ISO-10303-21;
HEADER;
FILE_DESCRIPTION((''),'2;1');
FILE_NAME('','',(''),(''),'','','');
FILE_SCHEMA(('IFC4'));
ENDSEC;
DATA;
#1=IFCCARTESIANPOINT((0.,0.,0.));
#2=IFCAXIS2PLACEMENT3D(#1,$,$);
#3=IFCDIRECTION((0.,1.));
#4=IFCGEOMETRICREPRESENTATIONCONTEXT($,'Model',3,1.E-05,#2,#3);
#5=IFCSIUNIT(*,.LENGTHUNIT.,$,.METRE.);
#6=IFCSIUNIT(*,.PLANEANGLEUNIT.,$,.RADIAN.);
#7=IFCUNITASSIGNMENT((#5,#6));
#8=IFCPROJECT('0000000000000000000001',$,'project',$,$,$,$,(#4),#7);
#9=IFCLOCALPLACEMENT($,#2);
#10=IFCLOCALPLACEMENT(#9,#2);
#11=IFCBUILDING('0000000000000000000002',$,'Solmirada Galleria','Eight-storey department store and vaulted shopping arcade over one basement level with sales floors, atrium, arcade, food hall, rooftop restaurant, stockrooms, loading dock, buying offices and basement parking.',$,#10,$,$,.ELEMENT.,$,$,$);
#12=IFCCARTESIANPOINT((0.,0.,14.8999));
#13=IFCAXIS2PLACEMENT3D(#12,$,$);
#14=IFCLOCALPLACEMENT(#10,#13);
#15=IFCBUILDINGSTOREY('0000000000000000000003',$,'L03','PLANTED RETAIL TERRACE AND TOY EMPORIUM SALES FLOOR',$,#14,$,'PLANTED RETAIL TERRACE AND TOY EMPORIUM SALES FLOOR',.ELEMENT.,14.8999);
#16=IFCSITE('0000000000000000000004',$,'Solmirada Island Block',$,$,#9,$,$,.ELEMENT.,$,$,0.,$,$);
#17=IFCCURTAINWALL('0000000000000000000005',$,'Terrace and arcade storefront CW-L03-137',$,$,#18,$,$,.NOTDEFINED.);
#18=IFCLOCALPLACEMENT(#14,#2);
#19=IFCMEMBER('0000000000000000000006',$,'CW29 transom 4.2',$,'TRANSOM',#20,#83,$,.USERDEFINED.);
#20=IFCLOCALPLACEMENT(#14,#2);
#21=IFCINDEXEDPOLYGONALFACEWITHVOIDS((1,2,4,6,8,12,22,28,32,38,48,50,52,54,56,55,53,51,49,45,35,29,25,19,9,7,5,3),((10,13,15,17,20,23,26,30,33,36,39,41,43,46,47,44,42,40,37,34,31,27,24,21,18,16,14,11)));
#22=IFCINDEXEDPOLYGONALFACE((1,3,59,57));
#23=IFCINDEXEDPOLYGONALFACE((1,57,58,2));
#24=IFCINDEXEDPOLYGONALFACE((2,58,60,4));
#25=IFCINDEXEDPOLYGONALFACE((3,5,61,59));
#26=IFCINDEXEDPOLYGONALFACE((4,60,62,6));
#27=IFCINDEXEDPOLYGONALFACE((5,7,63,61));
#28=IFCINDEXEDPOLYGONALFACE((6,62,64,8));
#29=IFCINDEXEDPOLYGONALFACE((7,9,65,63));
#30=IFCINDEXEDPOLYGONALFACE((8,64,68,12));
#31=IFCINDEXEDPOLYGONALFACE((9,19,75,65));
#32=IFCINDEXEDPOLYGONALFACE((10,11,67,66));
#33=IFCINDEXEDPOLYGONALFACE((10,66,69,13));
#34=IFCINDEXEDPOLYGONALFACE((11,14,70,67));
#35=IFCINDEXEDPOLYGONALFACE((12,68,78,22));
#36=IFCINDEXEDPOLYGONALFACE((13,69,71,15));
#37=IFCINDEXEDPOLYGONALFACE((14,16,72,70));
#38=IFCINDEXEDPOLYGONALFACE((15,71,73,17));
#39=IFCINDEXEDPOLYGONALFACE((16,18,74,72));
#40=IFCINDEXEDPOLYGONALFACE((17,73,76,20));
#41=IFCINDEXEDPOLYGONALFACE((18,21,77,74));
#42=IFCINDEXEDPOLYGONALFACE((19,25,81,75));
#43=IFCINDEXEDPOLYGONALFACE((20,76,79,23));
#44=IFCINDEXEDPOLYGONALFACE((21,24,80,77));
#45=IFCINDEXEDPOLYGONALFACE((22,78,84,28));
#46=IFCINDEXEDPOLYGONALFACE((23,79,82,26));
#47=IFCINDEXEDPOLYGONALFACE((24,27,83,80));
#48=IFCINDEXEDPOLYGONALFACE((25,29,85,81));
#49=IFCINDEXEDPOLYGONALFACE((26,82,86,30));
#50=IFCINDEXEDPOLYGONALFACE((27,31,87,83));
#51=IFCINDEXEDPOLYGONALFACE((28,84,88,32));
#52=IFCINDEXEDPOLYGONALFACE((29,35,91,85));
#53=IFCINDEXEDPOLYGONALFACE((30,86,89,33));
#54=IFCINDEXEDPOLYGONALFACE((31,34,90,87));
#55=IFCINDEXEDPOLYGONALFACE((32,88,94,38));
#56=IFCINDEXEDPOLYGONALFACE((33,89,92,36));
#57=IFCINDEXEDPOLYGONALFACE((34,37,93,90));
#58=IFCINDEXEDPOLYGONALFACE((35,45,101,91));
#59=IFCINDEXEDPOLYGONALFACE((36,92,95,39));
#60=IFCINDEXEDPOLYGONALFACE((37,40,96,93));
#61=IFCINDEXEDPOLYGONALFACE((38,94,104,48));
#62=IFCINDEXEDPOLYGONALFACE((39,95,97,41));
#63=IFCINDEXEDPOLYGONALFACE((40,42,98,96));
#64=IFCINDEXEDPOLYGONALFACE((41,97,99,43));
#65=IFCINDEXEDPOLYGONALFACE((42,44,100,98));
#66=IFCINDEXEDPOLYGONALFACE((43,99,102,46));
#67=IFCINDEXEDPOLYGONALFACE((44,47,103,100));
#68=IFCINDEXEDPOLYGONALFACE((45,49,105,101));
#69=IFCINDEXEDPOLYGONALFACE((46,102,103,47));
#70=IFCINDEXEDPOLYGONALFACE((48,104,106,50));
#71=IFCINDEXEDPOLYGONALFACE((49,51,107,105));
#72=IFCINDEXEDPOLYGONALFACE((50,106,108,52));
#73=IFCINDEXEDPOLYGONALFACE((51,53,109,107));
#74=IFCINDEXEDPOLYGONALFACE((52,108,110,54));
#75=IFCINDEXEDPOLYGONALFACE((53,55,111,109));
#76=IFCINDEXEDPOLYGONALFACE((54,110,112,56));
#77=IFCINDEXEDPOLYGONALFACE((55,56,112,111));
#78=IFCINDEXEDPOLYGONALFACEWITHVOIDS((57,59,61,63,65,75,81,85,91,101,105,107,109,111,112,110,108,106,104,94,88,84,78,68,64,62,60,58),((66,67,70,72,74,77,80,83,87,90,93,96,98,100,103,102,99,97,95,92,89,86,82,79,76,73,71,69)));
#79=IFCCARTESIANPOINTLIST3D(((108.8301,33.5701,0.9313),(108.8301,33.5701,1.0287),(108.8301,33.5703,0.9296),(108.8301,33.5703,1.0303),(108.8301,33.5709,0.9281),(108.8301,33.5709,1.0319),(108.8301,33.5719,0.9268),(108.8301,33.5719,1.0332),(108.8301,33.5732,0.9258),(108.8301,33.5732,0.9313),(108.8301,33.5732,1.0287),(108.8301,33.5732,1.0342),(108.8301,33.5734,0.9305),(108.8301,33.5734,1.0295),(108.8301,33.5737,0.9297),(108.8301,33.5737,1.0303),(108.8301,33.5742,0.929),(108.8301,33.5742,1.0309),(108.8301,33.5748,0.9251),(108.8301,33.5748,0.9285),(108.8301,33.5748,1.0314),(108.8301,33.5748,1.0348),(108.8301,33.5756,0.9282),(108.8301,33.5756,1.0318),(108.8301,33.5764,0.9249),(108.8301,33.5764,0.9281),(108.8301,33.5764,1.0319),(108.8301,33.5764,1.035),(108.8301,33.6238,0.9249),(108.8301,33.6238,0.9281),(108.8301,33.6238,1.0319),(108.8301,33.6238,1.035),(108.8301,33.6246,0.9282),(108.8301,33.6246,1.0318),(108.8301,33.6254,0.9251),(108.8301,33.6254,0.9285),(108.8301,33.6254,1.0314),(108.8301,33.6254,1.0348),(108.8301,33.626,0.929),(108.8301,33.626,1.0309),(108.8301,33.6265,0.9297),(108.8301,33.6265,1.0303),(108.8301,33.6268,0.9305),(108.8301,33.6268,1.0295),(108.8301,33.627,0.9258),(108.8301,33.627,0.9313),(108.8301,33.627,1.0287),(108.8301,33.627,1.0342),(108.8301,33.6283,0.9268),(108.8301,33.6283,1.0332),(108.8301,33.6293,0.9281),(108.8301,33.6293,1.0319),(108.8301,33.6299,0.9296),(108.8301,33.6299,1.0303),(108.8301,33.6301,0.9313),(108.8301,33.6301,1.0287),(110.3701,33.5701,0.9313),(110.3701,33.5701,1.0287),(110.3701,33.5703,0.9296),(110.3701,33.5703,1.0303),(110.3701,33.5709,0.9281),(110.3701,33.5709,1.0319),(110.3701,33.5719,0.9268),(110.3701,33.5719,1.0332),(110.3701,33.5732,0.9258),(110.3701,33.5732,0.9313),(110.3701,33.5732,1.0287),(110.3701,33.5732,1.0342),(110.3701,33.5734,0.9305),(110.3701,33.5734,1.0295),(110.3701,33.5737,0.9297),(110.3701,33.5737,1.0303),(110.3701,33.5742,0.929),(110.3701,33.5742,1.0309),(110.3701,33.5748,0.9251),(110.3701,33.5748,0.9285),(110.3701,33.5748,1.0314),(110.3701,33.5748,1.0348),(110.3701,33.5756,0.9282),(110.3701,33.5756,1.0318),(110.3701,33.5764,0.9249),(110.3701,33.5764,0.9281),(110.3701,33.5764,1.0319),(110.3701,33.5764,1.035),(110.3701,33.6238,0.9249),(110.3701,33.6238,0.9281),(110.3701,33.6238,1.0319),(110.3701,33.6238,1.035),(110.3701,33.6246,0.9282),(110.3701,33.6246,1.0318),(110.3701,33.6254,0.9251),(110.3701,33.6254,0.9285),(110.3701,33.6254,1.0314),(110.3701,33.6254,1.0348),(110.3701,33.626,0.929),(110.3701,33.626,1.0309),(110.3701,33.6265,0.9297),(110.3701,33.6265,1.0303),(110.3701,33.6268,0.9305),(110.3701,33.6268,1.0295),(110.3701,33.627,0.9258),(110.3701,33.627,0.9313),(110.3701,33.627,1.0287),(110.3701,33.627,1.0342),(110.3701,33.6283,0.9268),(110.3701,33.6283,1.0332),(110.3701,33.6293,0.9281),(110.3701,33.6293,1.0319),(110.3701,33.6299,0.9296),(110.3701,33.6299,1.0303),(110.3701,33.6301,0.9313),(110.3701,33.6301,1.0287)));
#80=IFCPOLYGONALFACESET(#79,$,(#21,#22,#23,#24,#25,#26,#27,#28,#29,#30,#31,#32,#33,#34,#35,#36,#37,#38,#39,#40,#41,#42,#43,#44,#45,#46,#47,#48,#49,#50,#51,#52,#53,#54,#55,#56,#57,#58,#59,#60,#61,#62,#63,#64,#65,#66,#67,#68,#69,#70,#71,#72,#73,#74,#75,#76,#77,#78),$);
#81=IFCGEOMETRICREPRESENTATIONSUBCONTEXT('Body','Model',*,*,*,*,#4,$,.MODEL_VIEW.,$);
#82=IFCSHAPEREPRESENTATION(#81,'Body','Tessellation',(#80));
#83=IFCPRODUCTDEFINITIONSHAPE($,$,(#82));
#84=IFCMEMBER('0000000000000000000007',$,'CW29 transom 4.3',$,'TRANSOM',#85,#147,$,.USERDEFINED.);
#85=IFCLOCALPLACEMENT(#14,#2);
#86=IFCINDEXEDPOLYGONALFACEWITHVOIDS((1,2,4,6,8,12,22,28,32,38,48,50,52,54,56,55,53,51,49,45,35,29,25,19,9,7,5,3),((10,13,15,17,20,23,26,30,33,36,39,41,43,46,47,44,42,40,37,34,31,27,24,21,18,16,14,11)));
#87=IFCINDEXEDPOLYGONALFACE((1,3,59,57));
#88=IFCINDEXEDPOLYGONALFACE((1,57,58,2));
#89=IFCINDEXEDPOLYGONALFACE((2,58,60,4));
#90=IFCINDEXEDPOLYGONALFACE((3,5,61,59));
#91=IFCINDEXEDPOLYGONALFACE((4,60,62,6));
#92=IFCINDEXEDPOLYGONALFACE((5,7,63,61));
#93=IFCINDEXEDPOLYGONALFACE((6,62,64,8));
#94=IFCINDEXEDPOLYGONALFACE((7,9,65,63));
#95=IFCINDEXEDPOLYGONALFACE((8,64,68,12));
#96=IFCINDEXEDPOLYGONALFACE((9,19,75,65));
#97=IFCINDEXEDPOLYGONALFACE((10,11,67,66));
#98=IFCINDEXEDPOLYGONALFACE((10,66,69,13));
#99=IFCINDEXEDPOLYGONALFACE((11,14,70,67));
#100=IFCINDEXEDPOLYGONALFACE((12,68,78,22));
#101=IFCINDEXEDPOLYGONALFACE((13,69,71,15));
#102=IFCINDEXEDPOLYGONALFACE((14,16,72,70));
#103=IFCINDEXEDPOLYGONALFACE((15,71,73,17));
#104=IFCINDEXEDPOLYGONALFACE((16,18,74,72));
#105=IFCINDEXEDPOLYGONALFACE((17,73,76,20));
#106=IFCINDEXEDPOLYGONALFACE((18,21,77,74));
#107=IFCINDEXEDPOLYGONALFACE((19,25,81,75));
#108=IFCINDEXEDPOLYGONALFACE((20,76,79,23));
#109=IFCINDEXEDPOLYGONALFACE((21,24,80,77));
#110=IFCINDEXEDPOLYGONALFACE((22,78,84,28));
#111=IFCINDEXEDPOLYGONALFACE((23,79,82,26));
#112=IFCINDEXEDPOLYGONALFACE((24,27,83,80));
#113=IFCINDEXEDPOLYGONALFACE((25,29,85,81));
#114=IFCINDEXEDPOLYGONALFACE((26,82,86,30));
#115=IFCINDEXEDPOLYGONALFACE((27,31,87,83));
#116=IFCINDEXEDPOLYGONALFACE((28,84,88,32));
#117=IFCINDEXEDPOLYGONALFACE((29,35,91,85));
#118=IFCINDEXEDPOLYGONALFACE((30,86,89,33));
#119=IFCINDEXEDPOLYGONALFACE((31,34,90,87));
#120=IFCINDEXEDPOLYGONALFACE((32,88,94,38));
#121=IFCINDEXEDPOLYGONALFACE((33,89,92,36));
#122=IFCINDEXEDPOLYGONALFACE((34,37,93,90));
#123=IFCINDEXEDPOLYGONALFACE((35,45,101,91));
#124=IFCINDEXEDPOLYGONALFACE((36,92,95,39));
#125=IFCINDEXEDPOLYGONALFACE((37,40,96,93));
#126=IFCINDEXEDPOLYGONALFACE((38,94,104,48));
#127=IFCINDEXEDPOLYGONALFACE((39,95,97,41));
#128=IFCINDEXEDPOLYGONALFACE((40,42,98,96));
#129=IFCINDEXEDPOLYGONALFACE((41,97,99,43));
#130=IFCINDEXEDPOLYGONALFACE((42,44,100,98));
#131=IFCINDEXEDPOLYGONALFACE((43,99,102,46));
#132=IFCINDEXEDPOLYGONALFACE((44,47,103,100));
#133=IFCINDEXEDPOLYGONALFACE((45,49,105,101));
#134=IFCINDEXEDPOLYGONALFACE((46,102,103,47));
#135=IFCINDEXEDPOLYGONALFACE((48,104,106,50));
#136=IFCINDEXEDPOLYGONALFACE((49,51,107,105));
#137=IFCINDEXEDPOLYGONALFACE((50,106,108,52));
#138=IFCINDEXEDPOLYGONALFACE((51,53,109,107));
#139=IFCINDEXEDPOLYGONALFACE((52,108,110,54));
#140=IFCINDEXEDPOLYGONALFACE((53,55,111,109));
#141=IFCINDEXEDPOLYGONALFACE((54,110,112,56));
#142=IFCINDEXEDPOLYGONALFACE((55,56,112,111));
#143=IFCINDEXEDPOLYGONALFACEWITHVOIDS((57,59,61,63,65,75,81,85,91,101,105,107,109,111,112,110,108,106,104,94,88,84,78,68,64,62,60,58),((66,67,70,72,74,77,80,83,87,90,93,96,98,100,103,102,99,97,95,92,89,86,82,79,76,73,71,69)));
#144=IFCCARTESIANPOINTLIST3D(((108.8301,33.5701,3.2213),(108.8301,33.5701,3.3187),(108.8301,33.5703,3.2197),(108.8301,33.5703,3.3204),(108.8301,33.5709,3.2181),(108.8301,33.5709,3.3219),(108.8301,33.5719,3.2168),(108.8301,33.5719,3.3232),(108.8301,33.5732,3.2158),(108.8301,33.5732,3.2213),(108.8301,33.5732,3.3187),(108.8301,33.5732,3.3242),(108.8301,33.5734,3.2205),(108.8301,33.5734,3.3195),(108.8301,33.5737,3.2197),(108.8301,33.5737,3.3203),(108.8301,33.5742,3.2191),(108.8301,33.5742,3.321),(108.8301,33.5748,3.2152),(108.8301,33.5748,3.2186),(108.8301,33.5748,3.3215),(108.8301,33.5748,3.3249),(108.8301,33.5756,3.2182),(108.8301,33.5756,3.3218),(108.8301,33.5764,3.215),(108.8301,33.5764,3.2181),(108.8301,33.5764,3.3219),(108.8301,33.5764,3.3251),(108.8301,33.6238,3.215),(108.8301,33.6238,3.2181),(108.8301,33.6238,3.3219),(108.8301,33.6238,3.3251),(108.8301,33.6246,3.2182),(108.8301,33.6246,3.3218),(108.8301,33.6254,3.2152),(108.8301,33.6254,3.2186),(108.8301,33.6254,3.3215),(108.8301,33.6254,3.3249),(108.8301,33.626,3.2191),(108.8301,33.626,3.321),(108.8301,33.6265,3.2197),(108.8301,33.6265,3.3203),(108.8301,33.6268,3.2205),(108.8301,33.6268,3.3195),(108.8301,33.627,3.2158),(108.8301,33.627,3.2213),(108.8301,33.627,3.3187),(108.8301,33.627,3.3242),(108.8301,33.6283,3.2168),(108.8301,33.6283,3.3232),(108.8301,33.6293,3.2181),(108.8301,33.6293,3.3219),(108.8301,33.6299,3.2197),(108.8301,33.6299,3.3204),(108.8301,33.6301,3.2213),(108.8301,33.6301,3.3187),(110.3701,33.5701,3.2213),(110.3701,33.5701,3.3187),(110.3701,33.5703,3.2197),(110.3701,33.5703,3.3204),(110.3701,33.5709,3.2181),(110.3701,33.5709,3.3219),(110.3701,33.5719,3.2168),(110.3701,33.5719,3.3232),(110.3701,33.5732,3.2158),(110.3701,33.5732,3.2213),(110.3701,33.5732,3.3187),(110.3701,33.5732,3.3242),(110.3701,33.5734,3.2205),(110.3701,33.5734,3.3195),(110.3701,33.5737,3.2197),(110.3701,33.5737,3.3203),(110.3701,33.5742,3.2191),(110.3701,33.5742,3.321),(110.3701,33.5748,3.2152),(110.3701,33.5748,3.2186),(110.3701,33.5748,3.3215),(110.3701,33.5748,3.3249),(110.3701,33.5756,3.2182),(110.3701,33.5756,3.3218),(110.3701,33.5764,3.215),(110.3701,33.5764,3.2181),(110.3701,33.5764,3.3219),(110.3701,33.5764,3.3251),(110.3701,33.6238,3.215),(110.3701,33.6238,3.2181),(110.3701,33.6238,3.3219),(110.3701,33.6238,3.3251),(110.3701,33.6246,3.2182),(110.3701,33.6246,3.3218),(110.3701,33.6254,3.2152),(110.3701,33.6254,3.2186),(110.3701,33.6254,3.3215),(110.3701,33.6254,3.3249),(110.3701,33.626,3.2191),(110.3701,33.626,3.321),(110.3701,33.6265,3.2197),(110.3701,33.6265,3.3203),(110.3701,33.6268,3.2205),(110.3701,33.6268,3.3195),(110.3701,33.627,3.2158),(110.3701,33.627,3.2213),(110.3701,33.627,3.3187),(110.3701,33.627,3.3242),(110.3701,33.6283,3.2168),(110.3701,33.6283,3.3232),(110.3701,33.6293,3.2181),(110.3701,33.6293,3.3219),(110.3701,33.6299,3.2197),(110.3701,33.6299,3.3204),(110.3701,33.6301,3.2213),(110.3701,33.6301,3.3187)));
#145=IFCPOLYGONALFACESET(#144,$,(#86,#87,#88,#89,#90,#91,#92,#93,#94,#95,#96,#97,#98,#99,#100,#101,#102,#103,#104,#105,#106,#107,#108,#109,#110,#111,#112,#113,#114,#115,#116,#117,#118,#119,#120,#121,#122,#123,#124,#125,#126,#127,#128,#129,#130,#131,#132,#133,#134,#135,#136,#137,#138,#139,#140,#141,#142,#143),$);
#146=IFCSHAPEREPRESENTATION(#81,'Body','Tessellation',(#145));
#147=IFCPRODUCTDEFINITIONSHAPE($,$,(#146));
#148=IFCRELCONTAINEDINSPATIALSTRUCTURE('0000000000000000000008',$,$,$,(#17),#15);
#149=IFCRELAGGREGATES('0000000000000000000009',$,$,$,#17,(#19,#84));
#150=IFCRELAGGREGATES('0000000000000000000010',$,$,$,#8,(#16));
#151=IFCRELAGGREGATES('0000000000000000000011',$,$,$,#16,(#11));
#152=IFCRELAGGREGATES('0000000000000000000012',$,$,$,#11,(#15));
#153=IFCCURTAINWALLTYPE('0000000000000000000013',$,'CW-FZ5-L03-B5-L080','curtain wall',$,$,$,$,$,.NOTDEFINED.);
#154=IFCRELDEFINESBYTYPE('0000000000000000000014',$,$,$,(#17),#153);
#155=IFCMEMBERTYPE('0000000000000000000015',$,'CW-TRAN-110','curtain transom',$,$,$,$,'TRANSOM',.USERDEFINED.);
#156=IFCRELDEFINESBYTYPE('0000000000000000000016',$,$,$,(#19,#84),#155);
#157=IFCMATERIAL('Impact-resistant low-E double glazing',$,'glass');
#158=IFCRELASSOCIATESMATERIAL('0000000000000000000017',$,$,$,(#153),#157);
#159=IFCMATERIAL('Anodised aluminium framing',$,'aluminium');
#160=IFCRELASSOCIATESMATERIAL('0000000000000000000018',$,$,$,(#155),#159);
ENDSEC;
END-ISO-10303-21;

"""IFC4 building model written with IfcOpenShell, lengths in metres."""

from ifc_helpers import new_model, si_unit, direction, frame, origin, origin_2d, place, context, subcontext, project, spatial, hollow_rectangle, extrude, material, material_profile, profile_set, type_object, element, aggregate, save


model = new_model("IFC4")

# Units and contexts
model_context = context("Model", 3, precision=1e-05, world=origin(), true_north=direction((0.0, 1.0)))
body_context = subcontext(model_context, "Body", "Model", "MODEL_VIEW")
ifc_project = project(units=[si_unit("LENGTHUNIT", "METRE"), si_unit("PLANEANGLEUNIT", "RADIAN")], contexts=[model_context])

# Site, building, storey
site_placement = place(None, origin())
site = spatial("IfcSite", under=ifc_project, at=site_placement, Name="Solmirada Island Block", CompositionType="ELEMENT", RefElevation=0.0)
building_placement = place(site_placement, origin())
building = spatial("IfcBuilding", under=site, at=building_placement, Name="Solmirada Galleria", Description="Eight-storey department store and vaulted shopping arcade over one basement level with sales floors, atrium, arcade, food hall, rooftop restaurant, stockrooms, loading dock, buying offices and basement parking.", CompositionType="ELEMENT")
storey_placement = place(building_placement, frame((0.0, 0.0, 14.8999)))
storey = spatial("IfcBuildingStorey", under=building, at=storey_placement, Name="L03", Description="PLANTED RETAIL TERRACE AND TOY EMPORIUM SALES FLOOR", LongName="PLANTED RETAIL TERRACE AND TOY EMPORIUM SALES FLOOR", CompositionType="ELEMENT", Elevation=14.8999)

# Curtain wall
ifc_material_1 = material(Name="Impact-resistant low-E double glazing", Category="glass")
curtain_wall_type = type_object("IfcCurtainWallType", Name="CW-FZ5-L03-B5-L080", Description="curtain wall", PredefinedType="NOTDEFINED", material=ifc_material_1)
curtain_wall_1_placement = place(storey_placement, origin())
curtain_wall_1 = element("IfcCurtainWall", 1, at=curtain_wall_1_placement, inside=storey, type_object=curtain_wall_type, Name="Terrace and arcade storefront CW-L03-137", PredefinedType="NOTDEFINED")
ifc_material_2 = material(Name="Anodised aluminium framing", Category="aluminium")

# Members
ifc_material_profile_1 = material_profile(ifc_material_2, hollow_rectangle(XDim=0.0601, YDim=0.1101, WallThickness=0.0032, InnerFilletRadius=0.0032, OuterFilletRadius=0.0063, at=origin_2d()), Name="ALU-TRAN-110X60")
ifc_profile_set_1 = profile_set([ifc_material_profile_1], Name="Anodised aluminium framing")
member_type_1 = type_object("IfcMemberType", Name="CW-TRAN-110", Description="curtain transom", ElementType="TRANSOM", PredefinedType="USERDEFINED", material=ifc_profile_set_1)
member_1_placement = place(storey_placement, frame((108.8301, 33.6001, 0.98), z_axis=(1.0, 0.0, 0.0), x_axis=(0.0, 1.0, 0.0)))
member_1 = element("IfcMember", 2, at=member_1_placement, type_object=member_type_1, Name="CW29 transom 4.2", ObjectType="TRANSOM", PredefinedType="USERDEFINED", context=body_context, shape_type="SweptSolid", body=[
    extrude(hollow_rectangle(XDim=0.0601, YDim=0.1101, WallThickness=0.0032, InnerFilletRadius=0.0032, OuterFilletRadius=0.0063, at=origin_2d()), origin(), (0.0, 0.0, 1.0), 1.54),
])
member_2_placement = place(storey_placement, frame((108.8301, 33.6001, 3.27), z_axis=(1.0, 0.0, 0.0), x_axis=(0.0, 1.0, 0.0)))
member_2 = element("IfcMember", 3, at=member_2_placement, type_object=member_type_1, Name="CW29 transom 4.3", ObjectType="TRANSOM", PredefinedType="USERDEFINED", context=body_context, shape_type="SweptSolid", body=[
    extrude(hollow_rectangle(XDim=0.0601, YDim=0.1101, WallThickness=0.0032, InnerFilletRadius=0.0032, OuterFilletRadius=0.0063, at=origin_2d()), origin(), (0.0, 0.0, 1.0), 1.54),
])

aggregate(curtain_wall_1, [member_1, member_2])

save(model, "model.ifc")
